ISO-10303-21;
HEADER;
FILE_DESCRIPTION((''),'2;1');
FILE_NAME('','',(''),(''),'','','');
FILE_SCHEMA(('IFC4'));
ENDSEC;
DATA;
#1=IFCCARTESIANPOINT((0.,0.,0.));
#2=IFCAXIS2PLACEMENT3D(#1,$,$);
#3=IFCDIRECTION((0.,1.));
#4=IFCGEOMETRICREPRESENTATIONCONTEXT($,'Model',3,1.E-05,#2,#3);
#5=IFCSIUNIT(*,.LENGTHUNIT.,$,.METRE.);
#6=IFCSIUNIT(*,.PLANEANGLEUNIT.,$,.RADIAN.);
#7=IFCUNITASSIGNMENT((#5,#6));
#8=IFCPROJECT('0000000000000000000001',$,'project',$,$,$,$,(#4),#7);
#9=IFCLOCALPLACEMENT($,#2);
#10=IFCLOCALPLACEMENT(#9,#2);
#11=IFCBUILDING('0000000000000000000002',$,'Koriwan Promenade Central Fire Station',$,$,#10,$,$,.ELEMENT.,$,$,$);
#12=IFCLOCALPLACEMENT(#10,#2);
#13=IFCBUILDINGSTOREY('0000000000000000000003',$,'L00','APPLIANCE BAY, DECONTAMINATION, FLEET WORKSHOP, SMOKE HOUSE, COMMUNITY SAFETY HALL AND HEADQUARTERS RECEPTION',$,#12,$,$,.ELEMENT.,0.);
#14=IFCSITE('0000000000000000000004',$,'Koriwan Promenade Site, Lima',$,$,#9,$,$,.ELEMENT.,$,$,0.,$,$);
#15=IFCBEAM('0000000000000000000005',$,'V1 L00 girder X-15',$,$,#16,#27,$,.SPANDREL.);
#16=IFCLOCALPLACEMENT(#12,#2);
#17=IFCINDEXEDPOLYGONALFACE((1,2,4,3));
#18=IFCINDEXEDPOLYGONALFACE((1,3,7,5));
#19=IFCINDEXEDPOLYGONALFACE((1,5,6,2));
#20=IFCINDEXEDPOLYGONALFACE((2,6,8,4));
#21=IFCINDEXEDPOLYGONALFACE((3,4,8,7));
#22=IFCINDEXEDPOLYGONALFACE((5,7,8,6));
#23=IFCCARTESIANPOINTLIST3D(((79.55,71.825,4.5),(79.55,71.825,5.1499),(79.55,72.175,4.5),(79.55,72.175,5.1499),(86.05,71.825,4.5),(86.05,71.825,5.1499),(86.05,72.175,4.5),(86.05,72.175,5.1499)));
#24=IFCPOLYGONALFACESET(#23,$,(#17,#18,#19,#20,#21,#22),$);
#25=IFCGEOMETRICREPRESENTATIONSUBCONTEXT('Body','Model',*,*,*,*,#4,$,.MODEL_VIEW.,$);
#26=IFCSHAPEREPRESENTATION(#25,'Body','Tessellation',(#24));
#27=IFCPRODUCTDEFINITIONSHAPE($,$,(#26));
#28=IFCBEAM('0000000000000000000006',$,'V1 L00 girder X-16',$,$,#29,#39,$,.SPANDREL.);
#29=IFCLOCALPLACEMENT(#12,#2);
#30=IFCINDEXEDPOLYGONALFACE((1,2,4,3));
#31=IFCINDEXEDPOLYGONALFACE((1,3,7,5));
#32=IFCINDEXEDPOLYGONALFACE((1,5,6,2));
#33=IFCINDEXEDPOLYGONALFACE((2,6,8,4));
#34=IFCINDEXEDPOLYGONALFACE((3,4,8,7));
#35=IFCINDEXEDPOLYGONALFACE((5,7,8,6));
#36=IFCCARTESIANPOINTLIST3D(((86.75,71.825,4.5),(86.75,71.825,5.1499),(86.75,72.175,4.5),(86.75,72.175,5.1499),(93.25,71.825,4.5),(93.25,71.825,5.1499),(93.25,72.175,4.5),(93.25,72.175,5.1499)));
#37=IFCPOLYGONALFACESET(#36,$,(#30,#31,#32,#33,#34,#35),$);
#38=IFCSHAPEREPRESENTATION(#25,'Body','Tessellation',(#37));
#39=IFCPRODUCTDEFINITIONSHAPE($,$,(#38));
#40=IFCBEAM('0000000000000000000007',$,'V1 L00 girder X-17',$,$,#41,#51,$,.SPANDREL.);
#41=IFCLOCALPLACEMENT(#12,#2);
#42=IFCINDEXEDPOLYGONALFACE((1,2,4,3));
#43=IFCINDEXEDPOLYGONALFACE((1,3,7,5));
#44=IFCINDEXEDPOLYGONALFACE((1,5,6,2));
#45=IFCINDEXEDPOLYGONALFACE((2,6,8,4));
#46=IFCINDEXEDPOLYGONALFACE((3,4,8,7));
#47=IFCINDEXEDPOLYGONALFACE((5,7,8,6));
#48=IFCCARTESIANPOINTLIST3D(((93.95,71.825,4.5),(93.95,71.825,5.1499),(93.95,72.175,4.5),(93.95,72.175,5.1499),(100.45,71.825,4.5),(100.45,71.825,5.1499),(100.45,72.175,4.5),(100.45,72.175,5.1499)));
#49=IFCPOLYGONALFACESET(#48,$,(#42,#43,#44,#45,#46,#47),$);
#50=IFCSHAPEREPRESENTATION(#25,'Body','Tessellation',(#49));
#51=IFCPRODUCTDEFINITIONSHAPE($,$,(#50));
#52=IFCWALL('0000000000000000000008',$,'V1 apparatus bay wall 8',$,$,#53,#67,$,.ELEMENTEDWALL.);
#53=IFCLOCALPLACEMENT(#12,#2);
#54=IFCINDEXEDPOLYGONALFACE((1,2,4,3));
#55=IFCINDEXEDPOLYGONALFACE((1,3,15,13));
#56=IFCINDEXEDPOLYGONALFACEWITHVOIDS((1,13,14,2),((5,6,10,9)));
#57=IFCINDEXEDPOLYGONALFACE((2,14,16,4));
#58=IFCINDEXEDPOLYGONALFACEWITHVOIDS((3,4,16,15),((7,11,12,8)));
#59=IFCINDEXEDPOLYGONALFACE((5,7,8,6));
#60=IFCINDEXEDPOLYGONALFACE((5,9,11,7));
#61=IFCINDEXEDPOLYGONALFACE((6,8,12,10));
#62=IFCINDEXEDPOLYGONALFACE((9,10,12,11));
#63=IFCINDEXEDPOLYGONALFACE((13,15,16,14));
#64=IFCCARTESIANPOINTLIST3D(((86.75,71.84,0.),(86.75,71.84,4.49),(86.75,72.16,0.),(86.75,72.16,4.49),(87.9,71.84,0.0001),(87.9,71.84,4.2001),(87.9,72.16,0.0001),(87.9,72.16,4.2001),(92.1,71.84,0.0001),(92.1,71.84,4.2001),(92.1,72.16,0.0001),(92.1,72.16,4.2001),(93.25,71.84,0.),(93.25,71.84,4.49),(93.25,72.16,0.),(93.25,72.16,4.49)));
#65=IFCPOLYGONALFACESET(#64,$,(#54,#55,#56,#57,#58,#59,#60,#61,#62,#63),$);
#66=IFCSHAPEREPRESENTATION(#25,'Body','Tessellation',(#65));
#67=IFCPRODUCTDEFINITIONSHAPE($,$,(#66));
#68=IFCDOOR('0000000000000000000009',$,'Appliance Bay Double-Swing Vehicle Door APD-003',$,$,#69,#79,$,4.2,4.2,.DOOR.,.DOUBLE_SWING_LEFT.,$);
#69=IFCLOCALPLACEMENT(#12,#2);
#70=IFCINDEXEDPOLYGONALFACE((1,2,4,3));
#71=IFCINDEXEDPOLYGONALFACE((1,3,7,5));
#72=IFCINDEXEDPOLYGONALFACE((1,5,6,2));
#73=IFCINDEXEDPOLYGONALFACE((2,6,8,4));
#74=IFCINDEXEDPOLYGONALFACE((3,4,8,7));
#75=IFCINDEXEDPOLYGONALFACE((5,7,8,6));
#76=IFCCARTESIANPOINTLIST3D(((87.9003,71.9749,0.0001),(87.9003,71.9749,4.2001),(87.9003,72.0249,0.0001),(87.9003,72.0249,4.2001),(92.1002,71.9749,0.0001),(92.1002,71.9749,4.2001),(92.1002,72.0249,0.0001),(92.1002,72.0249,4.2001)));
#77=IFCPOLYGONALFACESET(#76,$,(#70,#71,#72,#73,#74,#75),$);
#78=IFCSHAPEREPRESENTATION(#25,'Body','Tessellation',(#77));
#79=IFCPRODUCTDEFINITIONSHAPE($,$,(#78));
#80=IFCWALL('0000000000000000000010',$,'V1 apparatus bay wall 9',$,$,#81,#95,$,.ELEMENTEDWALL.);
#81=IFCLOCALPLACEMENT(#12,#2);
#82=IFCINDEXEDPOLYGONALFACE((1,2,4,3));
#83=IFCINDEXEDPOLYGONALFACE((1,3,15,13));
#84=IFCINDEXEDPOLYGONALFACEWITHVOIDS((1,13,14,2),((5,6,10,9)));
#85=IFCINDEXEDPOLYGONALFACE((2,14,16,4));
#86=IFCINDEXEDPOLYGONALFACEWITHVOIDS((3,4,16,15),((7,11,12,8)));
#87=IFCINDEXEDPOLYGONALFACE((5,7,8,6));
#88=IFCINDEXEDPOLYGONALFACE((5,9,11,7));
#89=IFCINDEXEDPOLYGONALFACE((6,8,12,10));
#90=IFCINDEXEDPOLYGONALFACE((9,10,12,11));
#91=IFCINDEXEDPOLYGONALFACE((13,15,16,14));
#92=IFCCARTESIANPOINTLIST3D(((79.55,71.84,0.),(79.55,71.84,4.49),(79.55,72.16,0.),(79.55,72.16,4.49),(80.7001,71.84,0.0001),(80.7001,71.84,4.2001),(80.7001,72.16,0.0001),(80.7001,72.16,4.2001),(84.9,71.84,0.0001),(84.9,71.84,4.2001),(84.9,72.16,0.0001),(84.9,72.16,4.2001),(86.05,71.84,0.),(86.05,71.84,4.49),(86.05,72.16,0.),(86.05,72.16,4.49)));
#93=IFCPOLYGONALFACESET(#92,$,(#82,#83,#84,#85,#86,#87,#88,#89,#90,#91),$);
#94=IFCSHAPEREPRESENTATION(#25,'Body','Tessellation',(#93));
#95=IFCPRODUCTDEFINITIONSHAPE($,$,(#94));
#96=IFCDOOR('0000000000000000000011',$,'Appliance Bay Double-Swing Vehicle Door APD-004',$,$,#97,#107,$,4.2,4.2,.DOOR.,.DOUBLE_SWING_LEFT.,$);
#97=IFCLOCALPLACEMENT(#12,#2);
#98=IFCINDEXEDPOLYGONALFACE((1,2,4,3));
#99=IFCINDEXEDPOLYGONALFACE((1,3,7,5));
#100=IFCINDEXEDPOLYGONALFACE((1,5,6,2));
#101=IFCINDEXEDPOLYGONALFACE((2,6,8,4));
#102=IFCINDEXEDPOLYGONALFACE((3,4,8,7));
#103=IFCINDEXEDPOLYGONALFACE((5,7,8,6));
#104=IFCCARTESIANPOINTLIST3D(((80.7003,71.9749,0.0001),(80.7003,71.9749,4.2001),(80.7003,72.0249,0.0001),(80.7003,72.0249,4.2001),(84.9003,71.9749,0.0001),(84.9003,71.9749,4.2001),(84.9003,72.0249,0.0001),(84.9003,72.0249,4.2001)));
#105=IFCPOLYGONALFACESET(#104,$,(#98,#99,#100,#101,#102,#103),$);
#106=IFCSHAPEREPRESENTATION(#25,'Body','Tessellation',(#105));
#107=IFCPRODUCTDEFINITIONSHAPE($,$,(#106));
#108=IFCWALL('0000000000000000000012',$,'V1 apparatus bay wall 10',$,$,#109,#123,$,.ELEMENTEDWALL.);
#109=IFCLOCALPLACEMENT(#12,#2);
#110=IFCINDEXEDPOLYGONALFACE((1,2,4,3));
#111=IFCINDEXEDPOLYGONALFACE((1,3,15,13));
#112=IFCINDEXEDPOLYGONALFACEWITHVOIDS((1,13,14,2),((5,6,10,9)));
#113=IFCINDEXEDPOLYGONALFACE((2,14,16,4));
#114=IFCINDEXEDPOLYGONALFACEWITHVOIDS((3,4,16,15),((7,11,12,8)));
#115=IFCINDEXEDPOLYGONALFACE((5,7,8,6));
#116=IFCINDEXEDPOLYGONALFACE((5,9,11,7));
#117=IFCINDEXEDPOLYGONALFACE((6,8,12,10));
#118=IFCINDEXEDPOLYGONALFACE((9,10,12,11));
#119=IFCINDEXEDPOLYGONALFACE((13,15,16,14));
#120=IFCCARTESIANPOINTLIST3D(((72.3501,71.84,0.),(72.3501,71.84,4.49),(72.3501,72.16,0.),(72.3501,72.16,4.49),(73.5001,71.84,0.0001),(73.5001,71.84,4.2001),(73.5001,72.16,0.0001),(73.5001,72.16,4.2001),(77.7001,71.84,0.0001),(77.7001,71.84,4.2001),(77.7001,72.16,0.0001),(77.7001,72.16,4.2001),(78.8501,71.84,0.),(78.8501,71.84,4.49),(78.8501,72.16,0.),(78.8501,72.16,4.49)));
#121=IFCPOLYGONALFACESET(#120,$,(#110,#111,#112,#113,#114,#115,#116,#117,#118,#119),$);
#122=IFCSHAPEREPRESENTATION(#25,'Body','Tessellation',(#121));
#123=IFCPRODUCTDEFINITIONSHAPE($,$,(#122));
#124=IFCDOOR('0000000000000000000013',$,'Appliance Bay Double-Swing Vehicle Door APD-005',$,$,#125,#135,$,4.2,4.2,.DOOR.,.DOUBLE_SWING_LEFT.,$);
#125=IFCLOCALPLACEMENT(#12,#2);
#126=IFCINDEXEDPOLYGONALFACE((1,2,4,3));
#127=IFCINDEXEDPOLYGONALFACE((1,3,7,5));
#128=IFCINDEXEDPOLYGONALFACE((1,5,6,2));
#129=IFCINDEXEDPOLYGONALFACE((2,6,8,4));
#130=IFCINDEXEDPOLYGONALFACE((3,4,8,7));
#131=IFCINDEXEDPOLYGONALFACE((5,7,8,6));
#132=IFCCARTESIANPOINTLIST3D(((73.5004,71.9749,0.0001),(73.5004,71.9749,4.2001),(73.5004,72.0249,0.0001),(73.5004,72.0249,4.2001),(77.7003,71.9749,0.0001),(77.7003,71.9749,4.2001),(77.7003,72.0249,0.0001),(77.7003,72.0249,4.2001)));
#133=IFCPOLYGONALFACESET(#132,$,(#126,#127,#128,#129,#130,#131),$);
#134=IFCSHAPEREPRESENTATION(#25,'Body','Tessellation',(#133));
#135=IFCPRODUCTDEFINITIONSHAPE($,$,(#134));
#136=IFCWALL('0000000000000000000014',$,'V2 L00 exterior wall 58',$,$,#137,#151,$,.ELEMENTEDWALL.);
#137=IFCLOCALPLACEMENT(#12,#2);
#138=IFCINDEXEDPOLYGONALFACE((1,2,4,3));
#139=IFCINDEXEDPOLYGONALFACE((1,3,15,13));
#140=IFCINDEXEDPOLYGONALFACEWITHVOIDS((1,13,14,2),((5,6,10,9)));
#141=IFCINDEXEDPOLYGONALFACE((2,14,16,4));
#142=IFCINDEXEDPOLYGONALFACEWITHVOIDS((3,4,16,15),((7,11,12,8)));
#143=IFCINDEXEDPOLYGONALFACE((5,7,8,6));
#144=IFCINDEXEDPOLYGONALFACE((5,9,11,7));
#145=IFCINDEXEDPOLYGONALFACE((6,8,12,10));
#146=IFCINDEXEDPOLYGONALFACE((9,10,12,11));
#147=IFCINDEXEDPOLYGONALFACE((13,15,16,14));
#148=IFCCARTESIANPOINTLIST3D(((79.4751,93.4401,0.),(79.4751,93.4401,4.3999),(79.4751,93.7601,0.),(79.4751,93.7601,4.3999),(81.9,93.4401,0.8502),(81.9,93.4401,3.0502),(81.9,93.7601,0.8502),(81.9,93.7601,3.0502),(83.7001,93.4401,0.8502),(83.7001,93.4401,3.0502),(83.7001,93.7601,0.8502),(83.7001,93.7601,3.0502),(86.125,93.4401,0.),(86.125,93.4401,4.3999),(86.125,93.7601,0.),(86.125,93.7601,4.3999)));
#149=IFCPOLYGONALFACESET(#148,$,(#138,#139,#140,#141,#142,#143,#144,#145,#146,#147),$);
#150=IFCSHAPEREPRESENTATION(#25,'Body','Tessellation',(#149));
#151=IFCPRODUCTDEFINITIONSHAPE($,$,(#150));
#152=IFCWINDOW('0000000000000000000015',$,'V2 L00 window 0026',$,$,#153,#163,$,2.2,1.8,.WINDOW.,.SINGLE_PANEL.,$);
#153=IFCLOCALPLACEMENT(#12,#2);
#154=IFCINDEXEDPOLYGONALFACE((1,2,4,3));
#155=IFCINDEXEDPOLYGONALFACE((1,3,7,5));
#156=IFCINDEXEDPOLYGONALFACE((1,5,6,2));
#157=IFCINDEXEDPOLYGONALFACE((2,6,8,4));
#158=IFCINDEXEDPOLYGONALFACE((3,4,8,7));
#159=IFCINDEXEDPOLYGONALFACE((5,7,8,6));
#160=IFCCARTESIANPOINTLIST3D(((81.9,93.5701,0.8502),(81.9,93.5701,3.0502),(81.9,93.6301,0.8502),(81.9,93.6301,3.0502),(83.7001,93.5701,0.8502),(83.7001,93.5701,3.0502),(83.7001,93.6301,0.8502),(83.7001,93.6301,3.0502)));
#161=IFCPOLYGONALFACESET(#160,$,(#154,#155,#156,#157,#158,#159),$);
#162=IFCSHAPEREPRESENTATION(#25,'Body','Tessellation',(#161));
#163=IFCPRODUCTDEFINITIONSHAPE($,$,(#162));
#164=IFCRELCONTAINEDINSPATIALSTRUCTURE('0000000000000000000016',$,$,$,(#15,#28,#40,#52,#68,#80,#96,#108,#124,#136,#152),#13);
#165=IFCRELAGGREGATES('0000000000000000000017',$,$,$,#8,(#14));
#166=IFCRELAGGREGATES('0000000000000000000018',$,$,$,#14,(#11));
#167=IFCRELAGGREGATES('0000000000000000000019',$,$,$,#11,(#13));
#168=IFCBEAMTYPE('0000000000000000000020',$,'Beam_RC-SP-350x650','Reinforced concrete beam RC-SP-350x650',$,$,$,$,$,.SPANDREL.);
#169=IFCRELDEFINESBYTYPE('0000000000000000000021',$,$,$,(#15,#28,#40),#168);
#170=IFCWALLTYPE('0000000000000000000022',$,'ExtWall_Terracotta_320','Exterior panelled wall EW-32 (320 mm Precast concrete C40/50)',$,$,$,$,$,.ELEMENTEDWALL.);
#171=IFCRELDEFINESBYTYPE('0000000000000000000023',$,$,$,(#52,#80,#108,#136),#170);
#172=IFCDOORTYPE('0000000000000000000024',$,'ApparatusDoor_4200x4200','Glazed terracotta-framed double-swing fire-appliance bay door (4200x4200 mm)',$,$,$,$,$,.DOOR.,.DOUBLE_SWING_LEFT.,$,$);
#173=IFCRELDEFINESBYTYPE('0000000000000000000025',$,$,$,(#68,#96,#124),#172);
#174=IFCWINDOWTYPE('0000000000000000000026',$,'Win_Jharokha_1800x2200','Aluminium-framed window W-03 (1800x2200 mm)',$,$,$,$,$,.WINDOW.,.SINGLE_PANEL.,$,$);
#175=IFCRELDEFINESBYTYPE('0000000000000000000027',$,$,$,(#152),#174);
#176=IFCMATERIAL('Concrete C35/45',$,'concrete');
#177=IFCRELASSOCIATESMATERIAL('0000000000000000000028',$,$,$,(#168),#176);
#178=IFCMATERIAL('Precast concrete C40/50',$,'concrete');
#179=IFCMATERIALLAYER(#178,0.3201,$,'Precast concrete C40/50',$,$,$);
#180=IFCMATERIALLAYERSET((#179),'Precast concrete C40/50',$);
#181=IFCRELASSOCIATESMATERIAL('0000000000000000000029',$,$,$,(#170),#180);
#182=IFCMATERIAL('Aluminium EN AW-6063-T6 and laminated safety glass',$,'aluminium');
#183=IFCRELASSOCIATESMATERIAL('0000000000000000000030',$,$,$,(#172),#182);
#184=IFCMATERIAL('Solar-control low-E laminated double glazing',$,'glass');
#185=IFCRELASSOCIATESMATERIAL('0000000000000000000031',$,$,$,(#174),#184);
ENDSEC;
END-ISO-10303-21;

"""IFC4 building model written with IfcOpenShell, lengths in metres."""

from ifc_helpers import new_model, si_unit, direction, frame, frame_2d, origin, origin_2d, place, context, subcontext, project, spatial, rectangle, extrude, material, layer, layer_set, material_profile, profile_set, type_object, element, fill, save


model = new_model("IFC4")

# Units and contexts
model_context = context("Model", 3, precision=1e-05, world=origin(), true_north=direction((0.0, 1.0)))
body_context = subcontext(model_context, "Body", "Model", "MODEL_VIEW")
ifc_project = project(units=[si_unit("LENGTHUNIT", "METRE"), si_unit("PLANEANGLEUNIT", "RADIAN")], contexts=[model_context])

# Site, building, storey
site_placement = place(None, origin())
site = spatial("IfcSite", under=ifc_project, at=site_placement, Name="Koriwan Promenade Site, Lima", CompositionType="ELEMENT", RefElevation=0.0)
building_placement = place(site_placement, origin())
building = spatial("IfcBuilding", under=site, at=building_placement, Name="Koriwan Promenade Central Fire Station", CompositionType="ELEMENT")
storey_placement = place(building_placement, origin())
storey = spatial("IfcBuildingStorey", under=building, at=storey_placement, Name="L00", Description="APPLIANCE BAY, DECONTAMINATION, FLEET WORKSHOP, SMOKE HOUSE, COMMUNITY SAFETY HALL AND HEADQUARTERS RECEPTION", CompositionType="ELEMENT", Elevation=0.0)

# Shared definitions
ifc_material_1 = material(Name="Concrete C35/45", Category="concrete")

# Beams
ifc_material_profile_1 = material_profile(ifc_material_1, rectangle(XDim=0.3501, YDim=0.6499, at=origin_2d()), Name="RC-SP-350x650")
ifc_profile_set_1 = profile_set([ifc_material_profile_1], Name="Concrete C35/45")
beam_type_1 = type_object("IfcBeamType", Name="Beam_RC-SP-350x650", Description="Reinforced concrete beam RC-SP-350x650", PredefinedType="SPANDREL", material=ifc_profile_set_1)
for number, where, z_axis, x_axis, name in (
    (1, (79.55, 72.0, 4.825), (1.0, 0.0, 0.0), (0.0, 1.0, 0.0), "V1 L00 girder X-15"),
    (2, (86.75, 72.0, 4.825), (1.0, 0.0, 0.0), (0.0, 1.0, 0.0), "V1 L00 girder X-16"),
    (3, (93.95, 72.0, 4.825), (1.0, 0.0, 0.0), (0.0, 1.0, 0.0), "V1 L00 girder X-17"),
):
    element("IfcBeam", number, at=place(storey_placement, frame(where, z_axis=z_axis, x_axis=x_axis)), inside=storey, type_object=beam_type_1, Name=name, PredefinedType="SPANDREL", context=body_context, shape_type="SweptSolid", body=[
        extrude(rectangle(XDim=0.3501, YDim=0.6499, at=origin_2d()), origin(), (0.0, 0.0, 1.0), 6.5),
    ])

# Walls, openings, doors
ifc_material_2 = material(Name="Precast concrete C40/50", Category="concrete")
ifc_layer = layer(ifc_material_2, 0.3201, Name="Precast concrete C40/50")
ifc_layer_set = layer_set([ifc_layer], Name="Precast concrete C40/50")
wall_type = type_object("IfcWallType", Name="ExtWall_Terracotta_320", Description="Exterior panelled wall EW-32 (320 mm Precast concrete C40/50)", PredefinedType="ELEMENTEDWALL", material=ifc_layer_set)
wall_1_placement = place(storey_placement, frame((93.25, 72.0, 0.0), z_axis=(0.0, 0.0, 1.0), x_axis=(-1.0, 0.0, 0.0)))
wall_1 = element("IfcWall", 4, at=wall_1_placement, inside=storey, type_object=wall_type, Name="V1 apparatus bay wall 8", PredefinedType="ELEMENTEDWALL", context=body_context, shape_type="SweptSolid", body=[
    extrude(rectangle(XDim=6.5, YDim=0.3201, at=frame_2d((3.25, 0.0))), origin(), (0.0, 0.0, 1.0), 4.49),
])
opening_1_placement = place(wall_1_placement, frame((1.1499, 0.0, 0.0)))
opening_1 = element("IfcOpeningElement", 5, at=opening_1_placement, cuts=wall_1, PredefinedType="OPENING", context=body_context, shape_type="SweptSolid", body=[
    extrude(rectangle(XDim=4.2, YDim=4.2, at=frame_2d((2.1001, 2.1001))), frame((0.0, 0.1719, 0.0), z_axis=(0.0, -1.0, 0.0), x_axis=(1.0, 0.0, 0.0)), (0.0, 0.0, 1.0), 0.344),
])
ifc_material_3 = material(Name="Aluminium EN AW-6063-T6 and laminated safety glass", Category="aluminium")
door_type = type_object("IfcDoorType", Name="ApparatusDoor_4200x4200", Description="Glazed terracotta-framed double-swing fire-appliance bay door (4200x4200 mm)", OperationType="DOUBLE_SWING_LEFT", PredefinedType="DOOR", material=ifc_material_3)
door_1_placement = place(opening_1_placement, frame((4.2, 0.0, 0.0), z_axis=(0.0, 0.0, 1.0), x_axis=(-1.0, 0.0, 0.0)))
door_1 = element("IfcDoor", 6, at=door_1_placement, inside=storey, type_object=door_type, Name="Appliance Bay Double-Swing Vehicle Door APD-003", OperationType="DOUBLE_SWING_LEFT", OverallHeight=4.2, OverallWidth=4.2, PredefinedType="DOOR", context=body_context, shape_type="SweptSolid", body=[
    extrude(rectangle(XDim=4.2, YDim=4.2, at=frame_2d((2.1001, 2.1001))), frame((0.0, 0.0249, 0.0), z_axis=(0.0, -1.0, 0.0), x_axis=(1.0, 0.0, 0.0)), (0.0, 0.0, 1.0), 0.05),
])
fill(opening_1, door_1)
wall_2_placement = place(storey_placement, frame((86.05, 72.0, 0.0), z_axis=(0.0, 0.0, 1.0), x_axis=(-1.0, 0.0, 0.0)))
wall_2 = element("IfcWall", 7, at=wall_2_placement, inside=storey, type_object=wall_type, Name="V1 apparatus bay wall 9", PredefinedType="ELEMENTEDWALL", context=body_context, shape_type="SweptSolid", body=[
    extrude(rectangle(XDim=6.5, YDim=0.3201, at=frame_2d((3.25, 0.0))), origin(), (0.0, 0.0, 1.0), 4.49),
])
opening_2_placement = place(wall_2_placement, frame((1.1499, 0.0, 0.0)))
opening_2 = element("IfcOpeningElement", 8, at=opening_2_placement, cuts=wall_2, PredefinedType="OPENING", context=body_context, shape_type="SweptSolid", body=[
    extrude(rectangle(XDim=4.2, YDim=4.2, at=frame_2d((2.1001, 2.1001))), frame((0.0, 0.1719, 0.0), z_axis=(0.0, -1.0, 0.0), x_axis=(1.0, 0.0, 0.0)), (0.0, 0.0, 1.0), 0.344),
])
door_2_placement = place(opening_2_placement, frame((4.2, 0.0, 0.0), z_axis=(0.0, 0.0, 1.0), x_axis=(-1.0, 0.0, 0.0)))
door_2 = element("IfcDoor", 9, at=door_2_placement, inside=storey, type_object=door_type, Name="Appliance Bay Double-Swing Vehicle Door APD-004", OperationType="DOUBLE_SWING_LEFT", OverallHeight=4.2, OverallWidth=4.2, PredefinedType="DOOR", context=body_context, shape_type="SweptSolid", body=[
    extrude(rectangle(XDim=4.2, YDim=4.2, at=frame_2d((2.1001, 2.1001))), frame((0.0, 0.0249, 0.0), z_axis=(0.0, -1.0, 0.0), x_axis=(1.0, 0.0, 0.0)), (0.0, 0.0, 1.0), 0.05),
])
fill(opening_2, door_2)
wall_3_placement = place(storey_placement, frame((78.8501, 72.0, 0.0), z_axis=(0.0, 0.0, 1.0), x_axis=(-1.0, 0.0, 0.0)))
wall_3 = element("IfcWall", 10, at=wall_3_placement, inside=storey, type_object=wall_type, Name="V1 apparatus bay wall 10", PredefinedType="ELEMENTEDWALL", context=body_context, shape_type="SweptSolid", body=[
    extrude(rectangle(XDim=6.5, YDim=0.3201, at=frame_2d((3.25, 0.0))), origin(), (0.0, 0.0, 1.0), 4.49),
])
opening_3_placement = place(wall_3_placement, frame((1.1499, 0.0, 0.0)))
opening_3 = element("IfcOpeningElement", 11, at=opening_3_placement, cuts=wall_3, PredefinedType="OPENING", context=body_context, shape_type="SweptSolid", body=[
    extrude(rectangle(XDim=4.2, YDim=4.2, at=frame_2d((2.1001, 2.1001))), frame((0.0, 0.1719, 0.0), z_axis=(0.0, -1.0, 0.0), x_axis=(1.0, 0.0, 0.0)), (0.0, 0.0, 1.0), 0.344),
])
door_3_placement = place(opening_3_placement, frame((4.2, 0.0, 0.0), z_axis=(0.0, 0.0, 1.0), x_axis=(-1.0, 0.0, 0.0)))
door_3 = element("IfcDoor", 12, at=door_3_placement, inside=storey, type_object=door_type, Name="Appliance Bay Double-Swing Vehicle Door APD-005", OperationType="DOUBLE_SWING_LEFT", OverallHeight=4.2, OverallWidth=4.2, PredefinedType="DOOR", context=body_context, shape_type="SweptSolid", body=[
    extrude(rectangle(XDim=4.2, YDim=4.2, at=frame_2d((2.1001, 2.1001))), frame((0.0, 0.0249, 0.0), z_axis=(0.0, -1.0, 0.0), x_axis=(1.0, 0.0, 0.0)), (0.0, 0.0, 1.0), 0.05),
])
fill(opening_3, door_3)

# Wall, opening, window
wall_4_placement = place(storey_placement, frame((79.4751, 93.6001, 0.0), z_axis=(0.0, 0.0, 1.0), x_axis=(1.0, 0.0, 0.0)))
wall_4 = element("IfcWall", 13, at=wall_4_placement, inside=storey, type_object=wall_type, Name="V2 L00 exterior wall 58", PredefinedType="ELEMENTEDWALL", context=body_context, shape_type="SweptSolid", body=[
    extrude(rectangle(XDim=6.6499, YDim=0.3201, at=frame_2d((3.325, 0.0))), origin(), (0.0, 0.0, 1.0), 4.3999),
])
opening_4_placement = place(wall_4_placement, frame((2.425, 0.0, 0.8501)))
opening_4 = element("IfcOpeningElement", 14, at=opening_4_placement, cuts=wall_4, PredefinedType="OPENING", context=body_context, shape_type="SweptSolid", body=[
    extrude(rectangle(XDim=1.8, YDim=2.2, at=frame_2d((0.8999, 1.1001))), frame((0.0, 0.1719, 0.0), z_axis=(0.0, -1.0, 0.0), x_axis=(1.0, 0.0, 0.0)), (0.0, 0.0, 1.0), 0.344),
])
ifc_material_4 = material(Name="Solar-control low-E laminated double glazing", Category="glass")
window_type = type_object("IfcWindowType", Name="Win_Jharokha_1800x2200", Description="Aluminium-framed window W-03 (1800x2200 mm)", PartitioningType="SINGLE_PANEL", PredefinedType="WINDOW", material=ifc_material_4)
window_placement = place(opening_4_placement, origin())
window = element("IfcWindow", 15, at=window_placement, inside=storey, type_object=window_type, Name="V2 L00 window 0026", OverallHeight=2.2, OverallWidth=1.8, PartitioningType="SINGLE_PANEL", PredefinedType="WINDOW", context=body_context, shape_type="SweptSolid", body=[
    extrude(rectangle(XDim=1.8, YDim=2.2, at=frame_2d((0.8999, 1.1001))), frame((0.0, 0.03, 0.0), z_axis=(0.0, -1.0, 0.0), x_axis=(1.0, 0.0, 0.0)), (0.0, 0.0, 1.0), 0.0601),
])
fill(opening_4, window)

save(model, "model.ifc")
